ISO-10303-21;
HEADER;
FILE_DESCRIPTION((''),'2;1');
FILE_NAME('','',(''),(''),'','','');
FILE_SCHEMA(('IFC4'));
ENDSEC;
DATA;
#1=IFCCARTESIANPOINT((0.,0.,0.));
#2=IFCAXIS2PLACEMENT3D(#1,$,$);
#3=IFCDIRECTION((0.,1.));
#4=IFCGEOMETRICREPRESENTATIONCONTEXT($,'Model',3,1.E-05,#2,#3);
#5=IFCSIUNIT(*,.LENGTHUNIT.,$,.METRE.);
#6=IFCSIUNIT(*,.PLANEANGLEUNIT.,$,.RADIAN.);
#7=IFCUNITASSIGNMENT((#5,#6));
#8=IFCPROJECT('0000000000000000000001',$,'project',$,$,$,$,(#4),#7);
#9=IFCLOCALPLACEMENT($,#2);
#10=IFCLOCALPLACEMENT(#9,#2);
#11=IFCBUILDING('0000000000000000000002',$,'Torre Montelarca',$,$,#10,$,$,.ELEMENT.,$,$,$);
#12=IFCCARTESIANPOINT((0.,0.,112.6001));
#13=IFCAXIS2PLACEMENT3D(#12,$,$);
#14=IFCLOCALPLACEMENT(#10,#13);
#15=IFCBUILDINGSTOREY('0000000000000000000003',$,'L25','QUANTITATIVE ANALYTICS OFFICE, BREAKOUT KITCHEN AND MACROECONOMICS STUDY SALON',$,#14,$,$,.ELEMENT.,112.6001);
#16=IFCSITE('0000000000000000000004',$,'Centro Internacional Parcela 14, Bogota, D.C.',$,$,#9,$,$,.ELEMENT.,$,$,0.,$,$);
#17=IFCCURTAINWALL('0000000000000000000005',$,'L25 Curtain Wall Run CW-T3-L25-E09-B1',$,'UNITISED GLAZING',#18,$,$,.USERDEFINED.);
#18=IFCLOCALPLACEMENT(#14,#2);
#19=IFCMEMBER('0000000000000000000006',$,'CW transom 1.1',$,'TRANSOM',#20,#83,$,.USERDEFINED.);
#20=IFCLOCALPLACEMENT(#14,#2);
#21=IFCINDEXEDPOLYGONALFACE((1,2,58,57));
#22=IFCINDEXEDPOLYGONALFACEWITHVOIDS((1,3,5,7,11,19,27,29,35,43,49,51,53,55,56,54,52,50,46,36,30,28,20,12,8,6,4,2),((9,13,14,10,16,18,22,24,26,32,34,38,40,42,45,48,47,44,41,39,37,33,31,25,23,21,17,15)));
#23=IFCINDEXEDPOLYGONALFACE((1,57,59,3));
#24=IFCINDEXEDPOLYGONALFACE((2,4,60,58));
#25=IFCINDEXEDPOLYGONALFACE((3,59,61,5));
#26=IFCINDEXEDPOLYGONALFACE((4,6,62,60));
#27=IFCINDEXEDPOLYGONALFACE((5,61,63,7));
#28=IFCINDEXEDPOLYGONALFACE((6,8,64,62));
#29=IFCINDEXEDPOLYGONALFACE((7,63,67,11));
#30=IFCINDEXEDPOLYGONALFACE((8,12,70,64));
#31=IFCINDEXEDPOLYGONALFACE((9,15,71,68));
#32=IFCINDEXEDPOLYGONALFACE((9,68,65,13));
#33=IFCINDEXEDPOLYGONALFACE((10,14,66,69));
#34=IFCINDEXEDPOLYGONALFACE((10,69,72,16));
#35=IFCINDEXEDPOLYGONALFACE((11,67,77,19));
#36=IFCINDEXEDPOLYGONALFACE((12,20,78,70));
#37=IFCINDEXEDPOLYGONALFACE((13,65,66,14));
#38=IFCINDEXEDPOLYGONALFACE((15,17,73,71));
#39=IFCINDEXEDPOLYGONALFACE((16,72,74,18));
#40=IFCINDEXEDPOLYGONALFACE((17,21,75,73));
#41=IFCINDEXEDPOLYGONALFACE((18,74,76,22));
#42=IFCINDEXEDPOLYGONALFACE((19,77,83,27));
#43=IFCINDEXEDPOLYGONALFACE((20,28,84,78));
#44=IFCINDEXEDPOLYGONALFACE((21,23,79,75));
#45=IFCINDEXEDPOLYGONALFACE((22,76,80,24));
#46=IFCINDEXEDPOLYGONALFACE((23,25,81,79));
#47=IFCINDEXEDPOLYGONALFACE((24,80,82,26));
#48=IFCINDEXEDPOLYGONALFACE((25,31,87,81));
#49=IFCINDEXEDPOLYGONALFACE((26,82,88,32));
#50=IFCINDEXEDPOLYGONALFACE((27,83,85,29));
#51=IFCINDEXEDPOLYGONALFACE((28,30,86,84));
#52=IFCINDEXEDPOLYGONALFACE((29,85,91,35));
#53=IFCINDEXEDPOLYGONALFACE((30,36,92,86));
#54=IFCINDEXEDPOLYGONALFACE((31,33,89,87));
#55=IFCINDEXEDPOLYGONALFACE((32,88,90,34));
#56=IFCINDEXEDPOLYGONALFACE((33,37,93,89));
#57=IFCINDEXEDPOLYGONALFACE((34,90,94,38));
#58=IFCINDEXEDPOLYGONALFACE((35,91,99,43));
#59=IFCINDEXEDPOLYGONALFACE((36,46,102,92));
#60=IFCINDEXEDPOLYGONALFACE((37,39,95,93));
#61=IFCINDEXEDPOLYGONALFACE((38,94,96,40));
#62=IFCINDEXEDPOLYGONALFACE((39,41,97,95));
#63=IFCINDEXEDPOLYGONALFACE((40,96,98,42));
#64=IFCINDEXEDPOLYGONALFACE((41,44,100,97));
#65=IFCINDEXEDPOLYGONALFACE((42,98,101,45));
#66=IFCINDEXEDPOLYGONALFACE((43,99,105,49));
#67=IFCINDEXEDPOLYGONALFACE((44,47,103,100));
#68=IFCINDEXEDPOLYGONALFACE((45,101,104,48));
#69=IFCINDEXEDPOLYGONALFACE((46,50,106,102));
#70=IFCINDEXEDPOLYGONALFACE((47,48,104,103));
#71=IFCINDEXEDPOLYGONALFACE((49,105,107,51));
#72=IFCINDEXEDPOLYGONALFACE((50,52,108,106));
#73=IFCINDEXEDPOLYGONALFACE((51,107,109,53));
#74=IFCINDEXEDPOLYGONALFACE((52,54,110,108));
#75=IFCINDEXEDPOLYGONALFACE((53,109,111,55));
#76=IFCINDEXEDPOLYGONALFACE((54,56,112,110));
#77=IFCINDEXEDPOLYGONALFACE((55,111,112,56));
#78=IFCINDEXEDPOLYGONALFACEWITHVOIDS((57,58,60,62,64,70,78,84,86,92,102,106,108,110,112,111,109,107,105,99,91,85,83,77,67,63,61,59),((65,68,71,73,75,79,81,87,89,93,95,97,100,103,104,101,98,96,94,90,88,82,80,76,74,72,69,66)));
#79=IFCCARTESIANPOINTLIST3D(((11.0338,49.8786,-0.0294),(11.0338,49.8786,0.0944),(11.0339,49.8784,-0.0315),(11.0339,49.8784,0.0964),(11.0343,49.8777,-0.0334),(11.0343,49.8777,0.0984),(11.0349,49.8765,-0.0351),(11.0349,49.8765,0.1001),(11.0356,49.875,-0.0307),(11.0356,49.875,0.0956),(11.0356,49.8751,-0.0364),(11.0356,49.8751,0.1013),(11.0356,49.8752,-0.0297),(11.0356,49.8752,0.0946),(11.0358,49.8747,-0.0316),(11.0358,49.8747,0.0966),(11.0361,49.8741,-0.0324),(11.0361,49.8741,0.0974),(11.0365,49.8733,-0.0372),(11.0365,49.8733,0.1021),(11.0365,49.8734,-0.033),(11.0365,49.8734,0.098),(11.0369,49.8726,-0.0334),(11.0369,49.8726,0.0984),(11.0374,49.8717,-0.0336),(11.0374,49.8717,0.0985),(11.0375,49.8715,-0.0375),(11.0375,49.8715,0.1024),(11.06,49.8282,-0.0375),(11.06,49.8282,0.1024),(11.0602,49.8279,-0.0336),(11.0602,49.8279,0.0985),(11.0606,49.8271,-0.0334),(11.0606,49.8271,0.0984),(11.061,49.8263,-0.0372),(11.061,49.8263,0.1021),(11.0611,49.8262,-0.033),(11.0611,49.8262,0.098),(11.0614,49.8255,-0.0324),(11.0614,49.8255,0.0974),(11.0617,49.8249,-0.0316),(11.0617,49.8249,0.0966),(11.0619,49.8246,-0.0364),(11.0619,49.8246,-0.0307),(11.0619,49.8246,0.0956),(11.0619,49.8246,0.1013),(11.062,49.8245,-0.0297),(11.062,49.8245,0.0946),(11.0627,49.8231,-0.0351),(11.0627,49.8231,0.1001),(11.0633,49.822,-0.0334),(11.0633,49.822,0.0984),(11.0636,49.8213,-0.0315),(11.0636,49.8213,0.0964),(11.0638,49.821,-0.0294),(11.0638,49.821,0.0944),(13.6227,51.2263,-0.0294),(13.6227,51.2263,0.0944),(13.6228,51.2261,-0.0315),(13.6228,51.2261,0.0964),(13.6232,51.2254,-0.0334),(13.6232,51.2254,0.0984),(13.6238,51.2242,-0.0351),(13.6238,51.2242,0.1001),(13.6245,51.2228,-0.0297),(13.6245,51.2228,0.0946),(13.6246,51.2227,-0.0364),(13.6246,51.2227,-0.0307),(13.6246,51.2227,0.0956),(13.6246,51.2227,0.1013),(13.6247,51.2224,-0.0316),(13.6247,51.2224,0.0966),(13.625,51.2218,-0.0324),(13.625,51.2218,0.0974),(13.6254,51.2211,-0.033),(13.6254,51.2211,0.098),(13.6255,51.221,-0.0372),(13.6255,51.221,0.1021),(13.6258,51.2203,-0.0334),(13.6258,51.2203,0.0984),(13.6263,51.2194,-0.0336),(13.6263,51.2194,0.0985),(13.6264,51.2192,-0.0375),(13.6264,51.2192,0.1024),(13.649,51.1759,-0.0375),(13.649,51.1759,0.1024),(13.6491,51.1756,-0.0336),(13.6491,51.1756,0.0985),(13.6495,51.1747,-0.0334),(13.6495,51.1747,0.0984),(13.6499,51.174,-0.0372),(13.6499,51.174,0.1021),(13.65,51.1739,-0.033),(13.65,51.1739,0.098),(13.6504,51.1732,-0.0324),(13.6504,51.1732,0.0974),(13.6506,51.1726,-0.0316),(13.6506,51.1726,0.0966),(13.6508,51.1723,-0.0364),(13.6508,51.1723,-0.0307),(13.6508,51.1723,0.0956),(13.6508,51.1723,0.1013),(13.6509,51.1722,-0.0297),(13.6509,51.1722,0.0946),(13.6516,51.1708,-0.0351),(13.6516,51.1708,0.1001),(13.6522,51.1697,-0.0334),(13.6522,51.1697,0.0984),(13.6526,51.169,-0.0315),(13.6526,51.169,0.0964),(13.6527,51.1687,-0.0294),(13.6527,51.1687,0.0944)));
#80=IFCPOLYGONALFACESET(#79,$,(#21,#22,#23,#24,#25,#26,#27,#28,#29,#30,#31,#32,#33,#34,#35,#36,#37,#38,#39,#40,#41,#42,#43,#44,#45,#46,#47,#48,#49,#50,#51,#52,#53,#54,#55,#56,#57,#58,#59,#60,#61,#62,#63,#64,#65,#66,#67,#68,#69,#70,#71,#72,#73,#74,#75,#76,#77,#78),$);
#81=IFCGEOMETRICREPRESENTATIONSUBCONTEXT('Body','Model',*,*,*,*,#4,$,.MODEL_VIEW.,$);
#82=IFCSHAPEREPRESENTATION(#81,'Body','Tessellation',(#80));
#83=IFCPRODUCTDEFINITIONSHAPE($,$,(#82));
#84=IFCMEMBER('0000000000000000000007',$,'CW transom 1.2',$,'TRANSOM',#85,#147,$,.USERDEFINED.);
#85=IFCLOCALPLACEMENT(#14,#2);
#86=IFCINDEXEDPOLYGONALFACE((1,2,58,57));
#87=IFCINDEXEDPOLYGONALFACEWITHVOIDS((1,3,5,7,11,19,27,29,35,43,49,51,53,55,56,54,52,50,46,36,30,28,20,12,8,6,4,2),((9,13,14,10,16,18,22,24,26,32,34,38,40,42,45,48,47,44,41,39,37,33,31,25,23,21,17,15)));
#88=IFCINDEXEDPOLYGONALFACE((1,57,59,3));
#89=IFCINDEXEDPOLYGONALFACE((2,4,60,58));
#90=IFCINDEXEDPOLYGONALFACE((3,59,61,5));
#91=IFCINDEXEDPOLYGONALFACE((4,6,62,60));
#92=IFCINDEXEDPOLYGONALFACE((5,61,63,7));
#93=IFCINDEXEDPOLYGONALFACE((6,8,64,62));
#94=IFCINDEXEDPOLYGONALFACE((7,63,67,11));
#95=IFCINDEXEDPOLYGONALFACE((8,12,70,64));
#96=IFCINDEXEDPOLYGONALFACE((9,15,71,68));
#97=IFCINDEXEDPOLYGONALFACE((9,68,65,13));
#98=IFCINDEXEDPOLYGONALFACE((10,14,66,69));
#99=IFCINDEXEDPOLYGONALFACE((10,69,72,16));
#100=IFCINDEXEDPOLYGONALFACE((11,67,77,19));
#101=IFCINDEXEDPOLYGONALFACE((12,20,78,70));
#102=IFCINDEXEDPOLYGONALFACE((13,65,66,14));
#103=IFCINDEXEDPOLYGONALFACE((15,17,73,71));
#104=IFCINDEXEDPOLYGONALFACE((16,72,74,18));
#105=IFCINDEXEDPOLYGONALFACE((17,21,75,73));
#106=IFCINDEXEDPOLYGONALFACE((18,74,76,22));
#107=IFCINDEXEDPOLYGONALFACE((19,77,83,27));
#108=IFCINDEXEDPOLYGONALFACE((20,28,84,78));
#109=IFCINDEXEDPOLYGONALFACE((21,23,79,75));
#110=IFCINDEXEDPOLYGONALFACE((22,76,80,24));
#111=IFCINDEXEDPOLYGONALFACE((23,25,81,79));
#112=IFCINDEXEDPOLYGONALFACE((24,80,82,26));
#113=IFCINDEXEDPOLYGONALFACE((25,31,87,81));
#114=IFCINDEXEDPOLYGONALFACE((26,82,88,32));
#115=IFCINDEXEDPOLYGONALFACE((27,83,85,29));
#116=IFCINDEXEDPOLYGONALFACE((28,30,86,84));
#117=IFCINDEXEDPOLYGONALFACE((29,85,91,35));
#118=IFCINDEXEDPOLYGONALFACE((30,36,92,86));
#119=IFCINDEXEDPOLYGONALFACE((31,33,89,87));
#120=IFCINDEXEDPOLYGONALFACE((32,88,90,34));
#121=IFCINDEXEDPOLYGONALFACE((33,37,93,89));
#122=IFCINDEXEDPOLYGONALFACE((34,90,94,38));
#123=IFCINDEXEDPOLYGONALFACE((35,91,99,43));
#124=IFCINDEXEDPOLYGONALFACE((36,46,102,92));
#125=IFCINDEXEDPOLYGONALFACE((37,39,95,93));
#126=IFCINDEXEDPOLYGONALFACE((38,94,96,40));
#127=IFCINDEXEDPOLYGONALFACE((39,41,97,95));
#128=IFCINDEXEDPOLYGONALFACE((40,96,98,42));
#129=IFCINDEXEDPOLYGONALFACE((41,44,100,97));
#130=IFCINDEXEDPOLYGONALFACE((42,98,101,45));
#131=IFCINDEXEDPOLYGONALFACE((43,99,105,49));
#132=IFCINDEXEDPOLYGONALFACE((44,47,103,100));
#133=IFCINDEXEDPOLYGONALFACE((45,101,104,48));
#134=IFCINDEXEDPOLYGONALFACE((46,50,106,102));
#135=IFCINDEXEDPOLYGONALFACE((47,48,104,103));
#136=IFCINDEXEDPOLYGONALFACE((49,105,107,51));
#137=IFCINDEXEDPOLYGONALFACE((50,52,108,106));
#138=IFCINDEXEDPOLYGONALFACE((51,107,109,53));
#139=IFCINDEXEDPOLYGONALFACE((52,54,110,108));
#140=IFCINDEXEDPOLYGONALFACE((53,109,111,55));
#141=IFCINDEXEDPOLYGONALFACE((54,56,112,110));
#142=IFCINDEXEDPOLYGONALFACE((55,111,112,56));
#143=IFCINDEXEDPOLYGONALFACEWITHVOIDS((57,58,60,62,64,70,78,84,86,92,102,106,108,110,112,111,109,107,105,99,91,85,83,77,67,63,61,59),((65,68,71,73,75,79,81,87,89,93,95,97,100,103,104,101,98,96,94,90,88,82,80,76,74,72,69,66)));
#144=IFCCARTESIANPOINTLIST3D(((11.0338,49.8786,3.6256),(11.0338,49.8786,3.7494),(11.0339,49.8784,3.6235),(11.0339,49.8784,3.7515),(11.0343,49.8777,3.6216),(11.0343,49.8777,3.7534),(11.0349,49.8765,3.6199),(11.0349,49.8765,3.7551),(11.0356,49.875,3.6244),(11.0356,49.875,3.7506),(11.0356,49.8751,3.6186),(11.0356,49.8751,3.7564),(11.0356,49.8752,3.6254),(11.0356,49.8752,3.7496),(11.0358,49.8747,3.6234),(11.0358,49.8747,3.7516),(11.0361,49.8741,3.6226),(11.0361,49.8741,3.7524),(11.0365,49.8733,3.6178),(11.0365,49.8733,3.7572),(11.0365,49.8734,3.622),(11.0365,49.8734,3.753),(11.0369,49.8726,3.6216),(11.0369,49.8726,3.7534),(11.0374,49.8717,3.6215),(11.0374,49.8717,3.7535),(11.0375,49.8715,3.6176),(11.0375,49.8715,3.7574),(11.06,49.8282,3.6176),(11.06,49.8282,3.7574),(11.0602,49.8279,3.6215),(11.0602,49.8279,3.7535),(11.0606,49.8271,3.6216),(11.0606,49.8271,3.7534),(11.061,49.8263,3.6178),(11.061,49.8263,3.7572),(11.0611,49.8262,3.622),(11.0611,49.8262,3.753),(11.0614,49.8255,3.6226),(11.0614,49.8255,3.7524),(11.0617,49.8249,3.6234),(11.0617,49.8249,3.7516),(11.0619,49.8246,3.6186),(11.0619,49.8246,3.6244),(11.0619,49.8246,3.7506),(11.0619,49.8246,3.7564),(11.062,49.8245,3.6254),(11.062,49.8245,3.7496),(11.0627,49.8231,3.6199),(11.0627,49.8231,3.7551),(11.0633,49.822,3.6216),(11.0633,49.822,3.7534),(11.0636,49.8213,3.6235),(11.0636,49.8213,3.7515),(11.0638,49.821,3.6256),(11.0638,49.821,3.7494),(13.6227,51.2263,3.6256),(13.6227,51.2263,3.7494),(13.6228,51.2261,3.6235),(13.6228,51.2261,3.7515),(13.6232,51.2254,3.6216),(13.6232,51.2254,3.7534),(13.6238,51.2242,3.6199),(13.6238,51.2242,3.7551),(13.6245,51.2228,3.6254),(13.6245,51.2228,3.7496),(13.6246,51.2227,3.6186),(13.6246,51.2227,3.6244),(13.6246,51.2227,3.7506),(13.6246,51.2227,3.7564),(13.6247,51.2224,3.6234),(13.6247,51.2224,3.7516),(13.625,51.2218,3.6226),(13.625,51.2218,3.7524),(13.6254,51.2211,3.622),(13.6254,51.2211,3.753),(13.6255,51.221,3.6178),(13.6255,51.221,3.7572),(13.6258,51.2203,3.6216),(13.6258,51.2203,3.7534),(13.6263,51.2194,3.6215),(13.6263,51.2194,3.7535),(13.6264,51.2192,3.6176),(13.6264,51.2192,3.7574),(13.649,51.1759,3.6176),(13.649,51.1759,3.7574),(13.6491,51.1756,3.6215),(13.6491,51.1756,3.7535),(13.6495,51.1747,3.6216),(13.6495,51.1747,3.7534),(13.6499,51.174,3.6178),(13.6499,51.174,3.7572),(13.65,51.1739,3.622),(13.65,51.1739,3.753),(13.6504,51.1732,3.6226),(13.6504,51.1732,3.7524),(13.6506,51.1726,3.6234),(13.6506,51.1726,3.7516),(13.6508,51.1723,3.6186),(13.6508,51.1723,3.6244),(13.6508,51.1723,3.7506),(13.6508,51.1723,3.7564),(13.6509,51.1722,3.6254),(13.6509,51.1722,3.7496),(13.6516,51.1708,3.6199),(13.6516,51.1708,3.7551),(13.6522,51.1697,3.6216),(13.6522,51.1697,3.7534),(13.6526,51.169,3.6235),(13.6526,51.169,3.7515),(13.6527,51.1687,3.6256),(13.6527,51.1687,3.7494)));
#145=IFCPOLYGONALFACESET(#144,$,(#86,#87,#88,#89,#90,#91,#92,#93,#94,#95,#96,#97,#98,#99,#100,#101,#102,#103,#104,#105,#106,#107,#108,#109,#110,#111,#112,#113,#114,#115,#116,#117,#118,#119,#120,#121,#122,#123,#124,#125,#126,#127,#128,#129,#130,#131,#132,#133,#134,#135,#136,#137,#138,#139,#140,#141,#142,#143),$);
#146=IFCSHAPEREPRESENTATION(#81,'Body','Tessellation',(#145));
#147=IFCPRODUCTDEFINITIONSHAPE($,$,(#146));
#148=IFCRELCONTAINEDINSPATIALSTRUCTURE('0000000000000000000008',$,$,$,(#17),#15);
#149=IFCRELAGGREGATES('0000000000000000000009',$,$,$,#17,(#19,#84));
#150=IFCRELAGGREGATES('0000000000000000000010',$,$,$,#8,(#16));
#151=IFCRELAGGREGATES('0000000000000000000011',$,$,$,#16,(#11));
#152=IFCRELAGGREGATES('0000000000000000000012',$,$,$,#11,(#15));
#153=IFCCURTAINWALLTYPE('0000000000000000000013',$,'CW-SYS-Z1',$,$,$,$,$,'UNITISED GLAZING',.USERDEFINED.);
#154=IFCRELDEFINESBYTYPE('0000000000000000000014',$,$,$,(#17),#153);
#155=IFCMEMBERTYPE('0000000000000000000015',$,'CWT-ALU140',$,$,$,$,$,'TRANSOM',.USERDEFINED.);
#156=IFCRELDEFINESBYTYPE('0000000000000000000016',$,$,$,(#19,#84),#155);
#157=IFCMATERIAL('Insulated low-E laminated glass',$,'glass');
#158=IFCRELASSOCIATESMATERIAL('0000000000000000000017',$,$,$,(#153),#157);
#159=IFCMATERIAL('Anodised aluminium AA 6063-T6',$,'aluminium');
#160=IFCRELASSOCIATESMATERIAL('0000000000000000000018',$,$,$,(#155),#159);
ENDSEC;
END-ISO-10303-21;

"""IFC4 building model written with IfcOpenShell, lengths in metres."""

from ifc_helpers import new_model, si_unit, direction, frame, origin, origin_2d, place, context, subcontext, project, spatial, hollow_rectangle, extrude, source, transform, mapped, material, material_profile, profile_set, type_object, element, aggregate, save


model = new_model("IFC4")

# Units and contexts
model_context = context("Model", 3, precision=1e-05, world=origin(), true_north=direction((0.0, 1.0)))
body_context = subcontext(model_context, "Body", "Model", "MODEL_VIEW")
ifc_project = project(units=[si_unit("LENGTHUNIT", "METRE"), si_unit("PLANEANGLEUNIT", "RADIAN")], contexts=[model_context])

# Site, building, storey
site_placement = place(None, origin())
site = spatial("IfcSite", under=ifc_project, at=site_placement, Name="Centro Internacional Parcela 14, Bogota, D.C.", CompositionType="ELEMENT", RefElevation=0.0)
building_placement = place(site_placement, origin())
building = spatial("IfcBuilding", under=site, at=building_placement, Name="Torre Montelarca", CompositionType="ELEMENT")
storey_placement = place(building_placement, frame((0.0, 0.0, 112.6001)))
storey = spatial("IfcBuildingStorey", under=building, at=storey_placement, Name="L25", Description="QUANTITATIVE ANALYTICS OFFICE, BREAKOUT KITCHEN AND MACROECONOMICS STUDY SALON", CompositionType="ELEMENT", Elevation=112.6001)

# Curtain wall, members
ifc_material_1 = material(Name="Insulated low-E laminated glass", Category="glass")
curtain_wall_type = type_object("IfcCurtainWallType", Name="CW-SYS-Z1", ElementType="UNITISED GLAZING", PredefinedType="USERDEFINED", material=ifc_material_1)
ifc_material_2 = material(Name="Anodised aluminium AA 6063-T6", Category="aluminium")
ifc_material_profile_1 = material_profile(ifc_material_2, hollow_rectangle(XDim=0.0649, YDim=0.1399, WallThickness=0.0039, InnerFilletRadius=0.0039, OuterFilletRadius=0.0081, at=origin_2d()), Name="ALU65X140X4", Category="aluminium")
ifc_profile_set_1 = profile_set([ifc_material_profile_1], Name="Anodised aluminium AA 6063-T6")
member_type_1 = type_object("IfcMemberType", Name="CWT-ALU140", ElementType="TRANSOM", PredefinedType="USERDEFINED", material=ifc_profile_set_1)
curtain_wall_1_placement = place(storey_placement, origin())
curtain_wall_1 = element("IfcCurtainWall", 1, at=curtain_wall_1_placement, inside=storey, type_object=curtain_wall_type, Name="L25 Curtain Wall Run CW-T3-L25-E09-B1", ObjectType="UNITISED GLAZING", PredefinedType="USERDEFINED")
shared_shape_1 = source(origin(), body_context, "Body", "SweptSolid", [
    extrude(hollow_rectangle(XDim=0.0649, YDim=0.1399, WallThickness=0.0039, InnerFilletRadius=0.0039, OuterFilletRadius=0.0081, at=origin_2d()), origin(), (0.0, 0.0, 1.0), 2.9187),
])
member_1_placement = place(storey_placement, frame((13.6377, 51.1975, 0.0325), z_axis=(-0.887014, -0.461742, 0.0), x_axis=(0.461742, -0.887014, 0.0)))
member_1 = element("IfcMember", 2, at=member_1_placement, type_object=member_type_1, Name="CW transom 1.1", ObjectType="TRANSOM", PredefinedType="USERDEFINED", context=body_context, shape_type="MappedRepresentation", body=[
    mapped(shared_shape_1, transform((0.0, 0.0, 0.0), scale=1.0)),
])
member_2_placement = place(storey_placement, frame((13.6377, 51.1975, 3.6875), z_axis=(-0.887014, -0.461742, 0.0), x_axis=(0.461742, -0.887014, 0.0)))
member_2 = element("IfcMember", 3, at=member_2_placement, type_object=member_type_1, Name="CW transom 1.2", ObjectType="TRANSOM", PredefinedType="USERDEFINED", context=body_context, shape_type="MappedRepresentation", body=[
    mapped(shared_shape_1, transform((0.0, 0.0, 0.0), scale=1.0)),
])

aggregate(curtain_wall_1, [member_1, member_2])

save(model, "model.ifc")
